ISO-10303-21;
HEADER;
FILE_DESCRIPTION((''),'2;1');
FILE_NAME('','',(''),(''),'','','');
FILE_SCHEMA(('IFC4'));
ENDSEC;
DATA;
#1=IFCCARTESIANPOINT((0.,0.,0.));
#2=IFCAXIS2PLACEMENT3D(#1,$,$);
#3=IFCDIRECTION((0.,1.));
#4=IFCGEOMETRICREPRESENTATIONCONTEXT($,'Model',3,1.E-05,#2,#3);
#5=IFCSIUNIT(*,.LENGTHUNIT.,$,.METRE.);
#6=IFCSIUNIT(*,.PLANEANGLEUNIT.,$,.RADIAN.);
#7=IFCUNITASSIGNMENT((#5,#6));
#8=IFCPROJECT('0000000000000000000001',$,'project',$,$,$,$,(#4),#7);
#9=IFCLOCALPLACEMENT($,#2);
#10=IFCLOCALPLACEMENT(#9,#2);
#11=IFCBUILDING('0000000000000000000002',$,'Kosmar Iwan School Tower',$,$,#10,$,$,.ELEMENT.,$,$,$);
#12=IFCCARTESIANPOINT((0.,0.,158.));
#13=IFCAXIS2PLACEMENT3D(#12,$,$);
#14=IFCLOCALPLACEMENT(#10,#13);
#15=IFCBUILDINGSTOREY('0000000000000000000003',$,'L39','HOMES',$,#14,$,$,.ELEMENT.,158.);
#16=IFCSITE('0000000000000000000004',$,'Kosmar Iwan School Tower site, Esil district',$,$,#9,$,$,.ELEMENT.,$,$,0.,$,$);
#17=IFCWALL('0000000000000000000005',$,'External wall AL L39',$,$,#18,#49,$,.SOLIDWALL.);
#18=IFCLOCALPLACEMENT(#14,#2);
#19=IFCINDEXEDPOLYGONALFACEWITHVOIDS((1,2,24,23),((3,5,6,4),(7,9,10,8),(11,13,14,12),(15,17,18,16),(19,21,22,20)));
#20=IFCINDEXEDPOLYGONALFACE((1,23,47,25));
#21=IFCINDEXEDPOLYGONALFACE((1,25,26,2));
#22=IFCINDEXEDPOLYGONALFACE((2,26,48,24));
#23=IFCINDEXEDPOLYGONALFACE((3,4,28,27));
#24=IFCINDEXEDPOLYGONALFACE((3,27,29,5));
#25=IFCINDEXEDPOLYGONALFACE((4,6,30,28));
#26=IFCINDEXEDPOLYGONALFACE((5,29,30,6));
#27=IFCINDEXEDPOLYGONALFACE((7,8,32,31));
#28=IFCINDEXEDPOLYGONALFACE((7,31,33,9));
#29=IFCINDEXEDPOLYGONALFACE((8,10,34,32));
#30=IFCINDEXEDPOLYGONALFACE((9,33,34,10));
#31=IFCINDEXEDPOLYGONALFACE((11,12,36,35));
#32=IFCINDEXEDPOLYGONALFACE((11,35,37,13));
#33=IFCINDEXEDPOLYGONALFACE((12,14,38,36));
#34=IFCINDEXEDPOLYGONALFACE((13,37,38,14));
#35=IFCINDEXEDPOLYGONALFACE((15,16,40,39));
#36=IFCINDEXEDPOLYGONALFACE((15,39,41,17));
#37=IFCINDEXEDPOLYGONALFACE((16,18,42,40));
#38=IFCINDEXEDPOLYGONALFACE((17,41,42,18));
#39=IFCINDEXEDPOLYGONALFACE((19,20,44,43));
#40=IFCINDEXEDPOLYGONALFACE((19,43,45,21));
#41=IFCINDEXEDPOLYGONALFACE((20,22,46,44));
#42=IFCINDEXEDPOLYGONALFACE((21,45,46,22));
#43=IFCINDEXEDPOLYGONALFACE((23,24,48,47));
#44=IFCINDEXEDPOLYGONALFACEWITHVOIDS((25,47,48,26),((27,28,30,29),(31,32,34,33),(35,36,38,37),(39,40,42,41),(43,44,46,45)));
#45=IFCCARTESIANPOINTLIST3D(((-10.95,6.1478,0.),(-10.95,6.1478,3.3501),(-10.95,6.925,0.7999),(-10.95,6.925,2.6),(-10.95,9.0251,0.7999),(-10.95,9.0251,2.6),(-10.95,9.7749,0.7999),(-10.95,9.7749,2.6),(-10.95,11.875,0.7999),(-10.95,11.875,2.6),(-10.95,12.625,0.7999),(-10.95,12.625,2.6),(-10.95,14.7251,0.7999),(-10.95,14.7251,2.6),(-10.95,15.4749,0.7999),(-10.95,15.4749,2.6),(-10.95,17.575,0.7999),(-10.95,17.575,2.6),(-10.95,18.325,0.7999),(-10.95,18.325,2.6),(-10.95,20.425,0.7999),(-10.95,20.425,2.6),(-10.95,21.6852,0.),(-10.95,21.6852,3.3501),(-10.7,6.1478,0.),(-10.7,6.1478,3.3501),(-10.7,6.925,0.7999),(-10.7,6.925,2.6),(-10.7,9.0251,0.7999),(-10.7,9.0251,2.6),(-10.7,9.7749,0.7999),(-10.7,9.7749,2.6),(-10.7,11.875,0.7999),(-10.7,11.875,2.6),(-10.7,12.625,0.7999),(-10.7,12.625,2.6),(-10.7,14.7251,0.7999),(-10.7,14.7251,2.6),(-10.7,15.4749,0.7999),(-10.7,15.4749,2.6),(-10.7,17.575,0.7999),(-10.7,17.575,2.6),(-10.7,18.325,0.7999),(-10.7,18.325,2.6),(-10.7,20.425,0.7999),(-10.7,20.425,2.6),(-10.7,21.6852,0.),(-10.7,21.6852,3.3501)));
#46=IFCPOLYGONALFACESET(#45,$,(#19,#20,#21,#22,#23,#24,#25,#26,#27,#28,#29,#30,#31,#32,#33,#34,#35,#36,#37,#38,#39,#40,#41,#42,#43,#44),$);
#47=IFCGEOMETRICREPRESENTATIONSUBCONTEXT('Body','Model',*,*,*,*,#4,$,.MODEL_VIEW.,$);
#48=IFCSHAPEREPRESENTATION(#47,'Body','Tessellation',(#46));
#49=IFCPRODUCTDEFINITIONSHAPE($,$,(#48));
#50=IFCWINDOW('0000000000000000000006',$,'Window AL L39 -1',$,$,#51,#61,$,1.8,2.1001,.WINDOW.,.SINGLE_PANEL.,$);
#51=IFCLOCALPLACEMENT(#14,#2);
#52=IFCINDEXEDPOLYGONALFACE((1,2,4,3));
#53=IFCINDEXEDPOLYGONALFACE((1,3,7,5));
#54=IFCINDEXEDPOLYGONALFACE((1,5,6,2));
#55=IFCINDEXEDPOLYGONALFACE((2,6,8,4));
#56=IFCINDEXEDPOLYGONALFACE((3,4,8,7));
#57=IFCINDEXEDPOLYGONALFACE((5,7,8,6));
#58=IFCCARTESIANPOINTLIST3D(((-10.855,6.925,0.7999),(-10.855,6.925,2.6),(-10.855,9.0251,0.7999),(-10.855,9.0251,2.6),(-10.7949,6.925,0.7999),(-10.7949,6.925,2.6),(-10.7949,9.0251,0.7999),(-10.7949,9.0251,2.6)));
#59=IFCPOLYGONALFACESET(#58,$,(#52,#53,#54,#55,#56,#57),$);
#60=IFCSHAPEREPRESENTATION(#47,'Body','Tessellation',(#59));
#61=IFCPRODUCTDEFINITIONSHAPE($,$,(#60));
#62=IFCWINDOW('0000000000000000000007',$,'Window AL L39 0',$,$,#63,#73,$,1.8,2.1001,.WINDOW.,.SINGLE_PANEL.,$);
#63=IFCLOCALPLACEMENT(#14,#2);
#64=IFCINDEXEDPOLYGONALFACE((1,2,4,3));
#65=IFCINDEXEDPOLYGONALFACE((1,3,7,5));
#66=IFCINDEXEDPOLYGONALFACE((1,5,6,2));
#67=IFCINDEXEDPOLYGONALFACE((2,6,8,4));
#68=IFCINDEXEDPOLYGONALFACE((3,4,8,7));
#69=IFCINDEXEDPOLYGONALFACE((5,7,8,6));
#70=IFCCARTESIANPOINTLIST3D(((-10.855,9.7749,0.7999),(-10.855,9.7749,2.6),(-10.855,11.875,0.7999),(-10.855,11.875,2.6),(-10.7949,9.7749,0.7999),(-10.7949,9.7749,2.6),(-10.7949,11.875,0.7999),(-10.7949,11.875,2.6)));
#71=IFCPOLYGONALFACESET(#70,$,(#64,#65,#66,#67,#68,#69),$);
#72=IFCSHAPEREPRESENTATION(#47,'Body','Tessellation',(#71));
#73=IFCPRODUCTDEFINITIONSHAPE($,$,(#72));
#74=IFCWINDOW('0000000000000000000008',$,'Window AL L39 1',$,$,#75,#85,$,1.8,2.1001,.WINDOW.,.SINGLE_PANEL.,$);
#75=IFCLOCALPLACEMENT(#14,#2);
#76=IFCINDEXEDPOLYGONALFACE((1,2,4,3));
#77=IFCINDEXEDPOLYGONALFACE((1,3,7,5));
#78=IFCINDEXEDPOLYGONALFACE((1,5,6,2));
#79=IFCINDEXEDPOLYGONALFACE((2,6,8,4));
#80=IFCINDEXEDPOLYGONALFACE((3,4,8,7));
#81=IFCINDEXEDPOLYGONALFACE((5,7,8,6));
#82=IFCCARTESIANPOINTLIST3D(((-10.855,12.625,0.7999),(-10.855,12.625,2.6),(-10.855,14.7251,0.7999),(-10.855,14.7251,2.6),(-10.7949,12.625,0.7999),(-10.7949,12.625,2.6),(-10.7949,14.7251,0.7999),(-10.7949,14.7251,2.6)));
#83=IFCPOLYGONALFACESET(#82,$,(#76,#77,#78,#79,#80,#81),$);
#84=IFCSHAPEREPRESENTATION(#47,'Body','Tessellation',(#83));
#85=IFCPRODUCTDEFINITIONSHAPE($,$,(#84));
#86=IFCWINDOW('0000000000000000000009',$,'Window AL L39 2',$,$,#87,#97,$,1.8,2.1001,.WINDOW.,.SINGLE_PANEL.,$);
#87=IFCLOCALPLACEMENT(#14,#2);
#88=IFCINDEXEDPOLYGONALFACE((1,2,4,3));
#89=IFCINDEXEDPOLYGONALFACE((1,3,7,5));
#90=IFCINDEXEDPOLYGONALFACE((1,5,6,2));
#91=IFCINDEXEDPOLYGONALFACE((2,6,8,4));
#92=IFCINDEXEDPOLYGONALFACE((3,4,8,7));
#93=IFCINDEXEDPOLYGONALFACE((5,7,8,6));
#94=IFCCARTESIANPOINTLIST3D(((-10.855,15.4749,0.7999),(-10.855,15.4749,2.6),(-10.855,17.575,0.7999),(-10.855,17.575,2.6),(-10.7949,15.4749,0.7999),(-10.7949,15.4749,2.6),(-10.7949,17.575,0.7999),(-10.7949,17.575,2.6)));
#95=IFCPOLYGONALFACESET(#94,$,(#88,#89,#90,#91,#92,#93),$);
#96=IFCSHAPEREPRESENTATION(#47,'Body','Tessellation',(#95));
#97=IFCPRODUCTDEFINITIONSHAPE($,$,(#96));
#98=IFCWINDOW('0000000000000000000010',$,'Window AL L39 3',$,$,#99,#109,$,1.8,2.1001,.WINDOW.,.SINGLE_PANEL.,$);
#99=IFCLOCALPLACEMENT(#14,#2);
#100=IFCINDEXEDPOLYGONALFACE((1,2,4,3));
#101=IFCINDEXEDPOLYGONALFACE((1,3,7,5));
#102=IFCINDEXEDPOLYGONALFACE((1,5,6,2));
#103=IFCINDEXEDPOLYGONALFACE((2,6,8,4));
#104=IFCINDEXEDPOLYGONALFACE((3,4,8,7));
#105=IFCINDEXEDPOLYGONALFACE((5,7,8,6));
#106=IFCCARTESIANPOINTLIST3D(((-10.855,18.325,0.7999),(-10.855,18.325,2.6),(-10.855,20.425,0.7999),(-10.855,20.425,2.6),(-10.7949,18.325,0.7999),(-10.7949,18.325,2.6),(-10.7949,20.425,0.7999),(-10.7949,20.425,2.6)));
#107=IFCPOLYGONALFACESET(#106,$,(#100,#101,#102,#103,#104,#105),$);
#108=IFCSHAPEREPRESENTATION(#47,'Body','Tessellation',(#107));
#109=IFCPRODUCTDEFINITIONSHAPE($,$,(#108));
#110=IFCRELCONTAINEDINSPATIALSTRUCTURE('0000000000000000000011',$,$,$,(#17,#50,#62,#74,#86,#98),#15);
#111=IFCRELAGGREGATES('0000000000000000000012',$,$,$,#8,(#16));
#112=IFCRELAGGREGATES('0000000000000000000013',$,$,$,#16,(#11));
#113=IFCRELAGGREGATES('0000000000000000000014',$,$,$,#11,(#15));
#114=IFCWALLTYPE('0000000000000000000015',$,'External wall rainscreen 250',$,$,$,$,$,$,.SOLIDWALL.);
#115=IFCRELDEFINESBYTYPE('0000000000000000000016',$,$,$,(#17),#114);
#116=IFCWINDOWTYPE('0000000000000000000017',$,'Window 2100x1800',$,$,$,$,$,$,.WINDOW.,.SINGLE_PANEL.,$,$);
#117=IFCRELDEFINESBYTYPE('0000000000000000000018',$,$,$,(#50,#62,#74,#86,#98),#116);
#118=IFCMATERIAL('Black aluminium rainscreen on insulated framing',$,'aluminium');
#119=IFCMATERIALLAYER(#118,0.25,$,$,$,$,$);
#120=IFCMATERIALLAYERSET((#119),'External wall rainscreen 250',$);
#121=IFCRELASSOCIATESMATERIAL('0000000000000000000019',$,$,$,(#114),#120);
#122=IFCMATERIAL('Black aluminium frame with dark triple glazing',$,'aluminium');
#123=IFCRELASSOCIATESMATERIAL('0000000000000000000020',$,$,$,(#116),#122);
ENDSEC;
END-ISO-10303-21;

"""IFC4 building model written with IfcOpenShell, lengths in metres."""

from ifc_helpers import new_model, si_unit, direction, frame, frame_2d, origin, place, context, subcontext, project, spatial, rectangle, extrude, material, layer, layer_set, type_object, element, fill, save


model = new_model("IFC4")

# Units and contexts
model_context = context("Model", 3, precision=1e-05, world=origin(), true_north=direction((0.0, 1.0)))
body_context = subcontext(model_context, "Body", "Model", "MODEL_VIEW")
ifc_project = project(units=[si_unit("LENGTHUNIT", "METRE"), si_unit("PLANEANGLEUNIT", "RADIAN")], contexts=[model_context])

# Site, building, storey
site_placement = place(None, origin())
site = spatial("IfcSite", under=ifc_project, at=site_placement, Name="Kosmar Iwan School Tower site, Esil district", CompositionType="ELEMENT", RefElevation=0.0)
building_placement = place(site_placement, origin())
building = spatial("IfcBuilding", under=site, at=building_placement, Name="Kosmar Iwan School Tower", CompositionType="ELEMENT")
storey_placement = place(building_placement, frame((0.0, 0.0, 158.0)))
storey = spatial("IfcBuildingStorey", under=building, at=storey_placement, Name="L39", Description="HOMES", CompositionType="ELEMENT", Elevation=158.0)

# Wall, openings, windows
ifc_material_1 = material(Name="Black aluminium rainscreen on insulated framing", Category="aluminium")
ifc_layer = layer(ifc_material_1, 0.25)
ifc_layer_set = layer_set([ifc_layer], Name="External wall rainscreen 250")
wall_type = type_object("IfcWallType", Name="External wall rainscreen 250", PredefinedType="SOLIDWALL", material=ifc_layer_set)
wall_1_placement = place(storey_placement, frame((-10.825, 6.1479, 0.0), z_axis=(0.0, 0.0, 1.0), x_axis=(0.0, 1.0, 0.0)))
wall_1 = element("IfcWall", 1, at=wall_1_placement, inside=storey, type_object=wall_type, Name="External wall AL L39", PredefinedType="SOLIDWALL", context=body_context, shape_type="SweptSolid", body=[
    extrude(rectangle(XDim=15.5374, YDim=0.25, at=frame_2d((7.7686, 0.0))), origin(), (0.0, 0.0, 1.0), 3.3501),
])
opening_1_placement = place(wall_1_placement, frame((0.7771, 0.0, 0.8)))
opening_1 = element("IfcOpeningElement", 2, at=opening_1_placement, cuts=wall_1, PredefinedType="OPENING", context=body_context, shape_type="SweptSolid", body=[
    extrude(rectangle(XDim=2.1001, YDim=1.8, at=frame_2d((1.05, 0.8999))), frame((0.0, 0.137, 0.0), z_axis=(0.0, -1.0, 0.0), x_axis=(1.0, 0.0, 0.0)), (0.0, 0.0, 1.0), 0.2739),
])
opening_2_placement = place(wall_1_placement, frame((3.627, 0.0, 0.8)))
opening_2 = element("IfcOpeningElement", 3, at=opening_2_placement, cuts=wall_1, PredefinedType="OPENING", context=body_context, shape_type="SweptSolid", body=[
    extrude(rectangle(XDim=2.1001, YDim=1.8, at=frame_2d((1.05, 0.8999))), frame((0.0, 0.137, 0.0), z_axis=(0.0, -1.0, 0.0), x_axis=(1.0, 0.0, 0.0)), (0.0, 0.0, 1.0), 0.2739),
])
opening_3_placement = place(wall_1_placement, frame((6.4771, 0.0, 0.8)))
opening_3 = element("IfcOpeningElement", 4, at=opening_3_placement, cuts=wall_1, PredefinedType="OPENING", context=body_context, shape_type="SweptSolid", body=[
    extrude(rectangle(XDim=2.1001, YDim=1.8, at=frame_2d((1.05, 0.8999))), frame((0.0, 0.137, 0.0), z_axis=(0.0, -1.0, 0.0), x_axis=(1.0, 0.0, 0.0)), (0.0, 0.0, 1.0), 0.2739),
])
opening_4_placement = place(wall_1_placement, frame((9.3269, 0.0, 0.8)))
opening_4 = element("IfcOpeningElement", 5, at=opening_4_placement, cuts=wall_1, PredefinedType="OPENING", context=body_context, shape_type="SweptSolid", body=[
    extrude(rectangle(XDim=2.1001, YDim=1.8, at=frame_2d((1.05, 0.8999))), frame((0.0, 0.137, 0.0), z_axis=(0.0, -1.0, 0.0), x_axis=(1.0, 0.0, 0.0)), (0.0, 0.0, 1.0), 0.2739),
])
opening_5_placement = place(wall_1_placement, frame((12.177, 0.0, 0.8)))
opening_5 = element("IfcOpeningElement", 6, at=opening_5_placement, cuts=wall_1, PredefinedType="OPENING", context=body_context, shape_type="SweptSolid", body=[
    extrude(rectangle(XDim=2.1001, YDim=1.8, at=frame_2d((1.05, 0.8999))), frame((0.0, 0.137, 0.0), z_axis=(0.0, -1.0, 0.0), x_axis=(1.0, 0.0, 0.0)), (0.0, 0.0, 1.0), 0.2739),
])
ifc_material_2 = material(Name="Black aluminium frame with dark triple glazing", Category="aluminium")
window_type = type_object("IfcWindowType", Name="Window 2100x1800", PartitioningType="SINGLE_PANEL", PredefinedType="WINDOW", material=ifc_material_2)
window_1_placement = place(opening_1_placement, origin())
window_1 = element("IfcWindow", 7, at=window_1_placement, inside=storey, type_object=window_type, Name="Window AL L39 -1", OverallHeight=1.8, OverallWidth=2.1001, PartitioningType="SINGLE_PANEL", PredefinedType="WINDOW", context=body_context, shape_type="SweptSolid", body=[
    extrude(rectangle(XDim=2.1001, YDim=1.8, at=frame_2d((1.05, 0.8999))), frame((0.0, 0.03, 0.0), z_axis=(0.0, -1.0, 0.0), x_axis=(1.0, 0.0, 0.0)), (0.0, 0.0, 1.0), 0.0601),
])
fill(opening_1, window_1)
window_2_placement = place(opening_2_placement, origin())
window_2 = element("IfcWindow", 8, at=window_2_placement, inside=storey, type_object=window_type, Name="Window AL L39 0", OverallHeight=1.8, OverallWidth=2.1001, PartitioningType="SINGLE_PANEL", PredefinedType="WINDOW", context=body_context, shape_type="SweptSolid", body=[
    extrude(rectangle(XDim=2.1001, YDim=1.8, at=frame_2d((1.05, 0.8999))), frame((0.0, 0.03, 0.0), z_axis=(0.0, -1.0, 0.0), x_axis=(1.0, 0.0, 0.0)), (0.0, 0.0, 1.0), 0.0601),
])
fill(opening_2, window_2)
window_3_placement = place(opening_3_placement, origin())
window_3 = element("IfcWindow", 9, at=window_3_placement, inside=storey, type_object=window_type, Name="Window AL L39 1", OverallHeight=1.8, OverallWidth=2.1001, PartitioningType="SINGLE_PANEL", PredefinedType="WINDOW", context=body_context, shape_type="SweptSolid", body=[
    extrude(rectangle(XDim=2.1001, YDim=1.8, at=frame_2d((1.05, 0.8999))), frame((0.0, 0.03, 0.0), z_axis=(0.0, -1.0, 0.0), x_axis=(1.0, 0.0, 0.0)), (0.0, 0.0, 1.0), 0.0601),
])
fill(opening_3, window_3)
window_4_placement = place(opening_4_placement, origin())
window_4 = element("IfcWindow", 10, at=window_4_placement, inside=storey, type_object=window_type, Name="Window AL L39 2", OverallHeight=1.8, OverallWidth=2.1001, PartitioningType="SINGLE_PANEL", PredefinedType="WINDOW", context=body_context, shape_type="SweptSolid", body=[
    extrude(rectangle(XDim=2.1001, YDim=1.8, at=frame_2d((1.05, 0.8999))), frame((0.0, 0.03, 0.0), z_axis=(0.0, -1.0, 0.0), x_axis=(1.0, 0.0, 0.0)), (0.0, 0.0, 1.0), 0.0601),
])
fill(opening_4, window_4)
window_5_placement = place(opening_5_placement, origin())
window_5 = element("IfcWindow", 11, at=window_5_placement, inside=storey, type_object=window_type, Name="Window AL L39 3", OverallHeight=1.8, OverallWidth=2.1001, PartitioningType="SINGLE_PANEL", PredefinedType="WINDOW", context=body_context, shape_type="SweptSolid", body=[
    extrude(rectangle(XDim=2.1001, YDim=1.8, at=frame_2d((1.05, 0.8999))), frame((0.0, 0.03, 0.0), z_axis=(0.0, -1.0, 0.0), x_axis=(1.0, 0.0, 0.0)), (0.0, 0.0, 1.0), 0.0601),
])
fill(opening_5, window_5)

save(model, "model.ifc")
